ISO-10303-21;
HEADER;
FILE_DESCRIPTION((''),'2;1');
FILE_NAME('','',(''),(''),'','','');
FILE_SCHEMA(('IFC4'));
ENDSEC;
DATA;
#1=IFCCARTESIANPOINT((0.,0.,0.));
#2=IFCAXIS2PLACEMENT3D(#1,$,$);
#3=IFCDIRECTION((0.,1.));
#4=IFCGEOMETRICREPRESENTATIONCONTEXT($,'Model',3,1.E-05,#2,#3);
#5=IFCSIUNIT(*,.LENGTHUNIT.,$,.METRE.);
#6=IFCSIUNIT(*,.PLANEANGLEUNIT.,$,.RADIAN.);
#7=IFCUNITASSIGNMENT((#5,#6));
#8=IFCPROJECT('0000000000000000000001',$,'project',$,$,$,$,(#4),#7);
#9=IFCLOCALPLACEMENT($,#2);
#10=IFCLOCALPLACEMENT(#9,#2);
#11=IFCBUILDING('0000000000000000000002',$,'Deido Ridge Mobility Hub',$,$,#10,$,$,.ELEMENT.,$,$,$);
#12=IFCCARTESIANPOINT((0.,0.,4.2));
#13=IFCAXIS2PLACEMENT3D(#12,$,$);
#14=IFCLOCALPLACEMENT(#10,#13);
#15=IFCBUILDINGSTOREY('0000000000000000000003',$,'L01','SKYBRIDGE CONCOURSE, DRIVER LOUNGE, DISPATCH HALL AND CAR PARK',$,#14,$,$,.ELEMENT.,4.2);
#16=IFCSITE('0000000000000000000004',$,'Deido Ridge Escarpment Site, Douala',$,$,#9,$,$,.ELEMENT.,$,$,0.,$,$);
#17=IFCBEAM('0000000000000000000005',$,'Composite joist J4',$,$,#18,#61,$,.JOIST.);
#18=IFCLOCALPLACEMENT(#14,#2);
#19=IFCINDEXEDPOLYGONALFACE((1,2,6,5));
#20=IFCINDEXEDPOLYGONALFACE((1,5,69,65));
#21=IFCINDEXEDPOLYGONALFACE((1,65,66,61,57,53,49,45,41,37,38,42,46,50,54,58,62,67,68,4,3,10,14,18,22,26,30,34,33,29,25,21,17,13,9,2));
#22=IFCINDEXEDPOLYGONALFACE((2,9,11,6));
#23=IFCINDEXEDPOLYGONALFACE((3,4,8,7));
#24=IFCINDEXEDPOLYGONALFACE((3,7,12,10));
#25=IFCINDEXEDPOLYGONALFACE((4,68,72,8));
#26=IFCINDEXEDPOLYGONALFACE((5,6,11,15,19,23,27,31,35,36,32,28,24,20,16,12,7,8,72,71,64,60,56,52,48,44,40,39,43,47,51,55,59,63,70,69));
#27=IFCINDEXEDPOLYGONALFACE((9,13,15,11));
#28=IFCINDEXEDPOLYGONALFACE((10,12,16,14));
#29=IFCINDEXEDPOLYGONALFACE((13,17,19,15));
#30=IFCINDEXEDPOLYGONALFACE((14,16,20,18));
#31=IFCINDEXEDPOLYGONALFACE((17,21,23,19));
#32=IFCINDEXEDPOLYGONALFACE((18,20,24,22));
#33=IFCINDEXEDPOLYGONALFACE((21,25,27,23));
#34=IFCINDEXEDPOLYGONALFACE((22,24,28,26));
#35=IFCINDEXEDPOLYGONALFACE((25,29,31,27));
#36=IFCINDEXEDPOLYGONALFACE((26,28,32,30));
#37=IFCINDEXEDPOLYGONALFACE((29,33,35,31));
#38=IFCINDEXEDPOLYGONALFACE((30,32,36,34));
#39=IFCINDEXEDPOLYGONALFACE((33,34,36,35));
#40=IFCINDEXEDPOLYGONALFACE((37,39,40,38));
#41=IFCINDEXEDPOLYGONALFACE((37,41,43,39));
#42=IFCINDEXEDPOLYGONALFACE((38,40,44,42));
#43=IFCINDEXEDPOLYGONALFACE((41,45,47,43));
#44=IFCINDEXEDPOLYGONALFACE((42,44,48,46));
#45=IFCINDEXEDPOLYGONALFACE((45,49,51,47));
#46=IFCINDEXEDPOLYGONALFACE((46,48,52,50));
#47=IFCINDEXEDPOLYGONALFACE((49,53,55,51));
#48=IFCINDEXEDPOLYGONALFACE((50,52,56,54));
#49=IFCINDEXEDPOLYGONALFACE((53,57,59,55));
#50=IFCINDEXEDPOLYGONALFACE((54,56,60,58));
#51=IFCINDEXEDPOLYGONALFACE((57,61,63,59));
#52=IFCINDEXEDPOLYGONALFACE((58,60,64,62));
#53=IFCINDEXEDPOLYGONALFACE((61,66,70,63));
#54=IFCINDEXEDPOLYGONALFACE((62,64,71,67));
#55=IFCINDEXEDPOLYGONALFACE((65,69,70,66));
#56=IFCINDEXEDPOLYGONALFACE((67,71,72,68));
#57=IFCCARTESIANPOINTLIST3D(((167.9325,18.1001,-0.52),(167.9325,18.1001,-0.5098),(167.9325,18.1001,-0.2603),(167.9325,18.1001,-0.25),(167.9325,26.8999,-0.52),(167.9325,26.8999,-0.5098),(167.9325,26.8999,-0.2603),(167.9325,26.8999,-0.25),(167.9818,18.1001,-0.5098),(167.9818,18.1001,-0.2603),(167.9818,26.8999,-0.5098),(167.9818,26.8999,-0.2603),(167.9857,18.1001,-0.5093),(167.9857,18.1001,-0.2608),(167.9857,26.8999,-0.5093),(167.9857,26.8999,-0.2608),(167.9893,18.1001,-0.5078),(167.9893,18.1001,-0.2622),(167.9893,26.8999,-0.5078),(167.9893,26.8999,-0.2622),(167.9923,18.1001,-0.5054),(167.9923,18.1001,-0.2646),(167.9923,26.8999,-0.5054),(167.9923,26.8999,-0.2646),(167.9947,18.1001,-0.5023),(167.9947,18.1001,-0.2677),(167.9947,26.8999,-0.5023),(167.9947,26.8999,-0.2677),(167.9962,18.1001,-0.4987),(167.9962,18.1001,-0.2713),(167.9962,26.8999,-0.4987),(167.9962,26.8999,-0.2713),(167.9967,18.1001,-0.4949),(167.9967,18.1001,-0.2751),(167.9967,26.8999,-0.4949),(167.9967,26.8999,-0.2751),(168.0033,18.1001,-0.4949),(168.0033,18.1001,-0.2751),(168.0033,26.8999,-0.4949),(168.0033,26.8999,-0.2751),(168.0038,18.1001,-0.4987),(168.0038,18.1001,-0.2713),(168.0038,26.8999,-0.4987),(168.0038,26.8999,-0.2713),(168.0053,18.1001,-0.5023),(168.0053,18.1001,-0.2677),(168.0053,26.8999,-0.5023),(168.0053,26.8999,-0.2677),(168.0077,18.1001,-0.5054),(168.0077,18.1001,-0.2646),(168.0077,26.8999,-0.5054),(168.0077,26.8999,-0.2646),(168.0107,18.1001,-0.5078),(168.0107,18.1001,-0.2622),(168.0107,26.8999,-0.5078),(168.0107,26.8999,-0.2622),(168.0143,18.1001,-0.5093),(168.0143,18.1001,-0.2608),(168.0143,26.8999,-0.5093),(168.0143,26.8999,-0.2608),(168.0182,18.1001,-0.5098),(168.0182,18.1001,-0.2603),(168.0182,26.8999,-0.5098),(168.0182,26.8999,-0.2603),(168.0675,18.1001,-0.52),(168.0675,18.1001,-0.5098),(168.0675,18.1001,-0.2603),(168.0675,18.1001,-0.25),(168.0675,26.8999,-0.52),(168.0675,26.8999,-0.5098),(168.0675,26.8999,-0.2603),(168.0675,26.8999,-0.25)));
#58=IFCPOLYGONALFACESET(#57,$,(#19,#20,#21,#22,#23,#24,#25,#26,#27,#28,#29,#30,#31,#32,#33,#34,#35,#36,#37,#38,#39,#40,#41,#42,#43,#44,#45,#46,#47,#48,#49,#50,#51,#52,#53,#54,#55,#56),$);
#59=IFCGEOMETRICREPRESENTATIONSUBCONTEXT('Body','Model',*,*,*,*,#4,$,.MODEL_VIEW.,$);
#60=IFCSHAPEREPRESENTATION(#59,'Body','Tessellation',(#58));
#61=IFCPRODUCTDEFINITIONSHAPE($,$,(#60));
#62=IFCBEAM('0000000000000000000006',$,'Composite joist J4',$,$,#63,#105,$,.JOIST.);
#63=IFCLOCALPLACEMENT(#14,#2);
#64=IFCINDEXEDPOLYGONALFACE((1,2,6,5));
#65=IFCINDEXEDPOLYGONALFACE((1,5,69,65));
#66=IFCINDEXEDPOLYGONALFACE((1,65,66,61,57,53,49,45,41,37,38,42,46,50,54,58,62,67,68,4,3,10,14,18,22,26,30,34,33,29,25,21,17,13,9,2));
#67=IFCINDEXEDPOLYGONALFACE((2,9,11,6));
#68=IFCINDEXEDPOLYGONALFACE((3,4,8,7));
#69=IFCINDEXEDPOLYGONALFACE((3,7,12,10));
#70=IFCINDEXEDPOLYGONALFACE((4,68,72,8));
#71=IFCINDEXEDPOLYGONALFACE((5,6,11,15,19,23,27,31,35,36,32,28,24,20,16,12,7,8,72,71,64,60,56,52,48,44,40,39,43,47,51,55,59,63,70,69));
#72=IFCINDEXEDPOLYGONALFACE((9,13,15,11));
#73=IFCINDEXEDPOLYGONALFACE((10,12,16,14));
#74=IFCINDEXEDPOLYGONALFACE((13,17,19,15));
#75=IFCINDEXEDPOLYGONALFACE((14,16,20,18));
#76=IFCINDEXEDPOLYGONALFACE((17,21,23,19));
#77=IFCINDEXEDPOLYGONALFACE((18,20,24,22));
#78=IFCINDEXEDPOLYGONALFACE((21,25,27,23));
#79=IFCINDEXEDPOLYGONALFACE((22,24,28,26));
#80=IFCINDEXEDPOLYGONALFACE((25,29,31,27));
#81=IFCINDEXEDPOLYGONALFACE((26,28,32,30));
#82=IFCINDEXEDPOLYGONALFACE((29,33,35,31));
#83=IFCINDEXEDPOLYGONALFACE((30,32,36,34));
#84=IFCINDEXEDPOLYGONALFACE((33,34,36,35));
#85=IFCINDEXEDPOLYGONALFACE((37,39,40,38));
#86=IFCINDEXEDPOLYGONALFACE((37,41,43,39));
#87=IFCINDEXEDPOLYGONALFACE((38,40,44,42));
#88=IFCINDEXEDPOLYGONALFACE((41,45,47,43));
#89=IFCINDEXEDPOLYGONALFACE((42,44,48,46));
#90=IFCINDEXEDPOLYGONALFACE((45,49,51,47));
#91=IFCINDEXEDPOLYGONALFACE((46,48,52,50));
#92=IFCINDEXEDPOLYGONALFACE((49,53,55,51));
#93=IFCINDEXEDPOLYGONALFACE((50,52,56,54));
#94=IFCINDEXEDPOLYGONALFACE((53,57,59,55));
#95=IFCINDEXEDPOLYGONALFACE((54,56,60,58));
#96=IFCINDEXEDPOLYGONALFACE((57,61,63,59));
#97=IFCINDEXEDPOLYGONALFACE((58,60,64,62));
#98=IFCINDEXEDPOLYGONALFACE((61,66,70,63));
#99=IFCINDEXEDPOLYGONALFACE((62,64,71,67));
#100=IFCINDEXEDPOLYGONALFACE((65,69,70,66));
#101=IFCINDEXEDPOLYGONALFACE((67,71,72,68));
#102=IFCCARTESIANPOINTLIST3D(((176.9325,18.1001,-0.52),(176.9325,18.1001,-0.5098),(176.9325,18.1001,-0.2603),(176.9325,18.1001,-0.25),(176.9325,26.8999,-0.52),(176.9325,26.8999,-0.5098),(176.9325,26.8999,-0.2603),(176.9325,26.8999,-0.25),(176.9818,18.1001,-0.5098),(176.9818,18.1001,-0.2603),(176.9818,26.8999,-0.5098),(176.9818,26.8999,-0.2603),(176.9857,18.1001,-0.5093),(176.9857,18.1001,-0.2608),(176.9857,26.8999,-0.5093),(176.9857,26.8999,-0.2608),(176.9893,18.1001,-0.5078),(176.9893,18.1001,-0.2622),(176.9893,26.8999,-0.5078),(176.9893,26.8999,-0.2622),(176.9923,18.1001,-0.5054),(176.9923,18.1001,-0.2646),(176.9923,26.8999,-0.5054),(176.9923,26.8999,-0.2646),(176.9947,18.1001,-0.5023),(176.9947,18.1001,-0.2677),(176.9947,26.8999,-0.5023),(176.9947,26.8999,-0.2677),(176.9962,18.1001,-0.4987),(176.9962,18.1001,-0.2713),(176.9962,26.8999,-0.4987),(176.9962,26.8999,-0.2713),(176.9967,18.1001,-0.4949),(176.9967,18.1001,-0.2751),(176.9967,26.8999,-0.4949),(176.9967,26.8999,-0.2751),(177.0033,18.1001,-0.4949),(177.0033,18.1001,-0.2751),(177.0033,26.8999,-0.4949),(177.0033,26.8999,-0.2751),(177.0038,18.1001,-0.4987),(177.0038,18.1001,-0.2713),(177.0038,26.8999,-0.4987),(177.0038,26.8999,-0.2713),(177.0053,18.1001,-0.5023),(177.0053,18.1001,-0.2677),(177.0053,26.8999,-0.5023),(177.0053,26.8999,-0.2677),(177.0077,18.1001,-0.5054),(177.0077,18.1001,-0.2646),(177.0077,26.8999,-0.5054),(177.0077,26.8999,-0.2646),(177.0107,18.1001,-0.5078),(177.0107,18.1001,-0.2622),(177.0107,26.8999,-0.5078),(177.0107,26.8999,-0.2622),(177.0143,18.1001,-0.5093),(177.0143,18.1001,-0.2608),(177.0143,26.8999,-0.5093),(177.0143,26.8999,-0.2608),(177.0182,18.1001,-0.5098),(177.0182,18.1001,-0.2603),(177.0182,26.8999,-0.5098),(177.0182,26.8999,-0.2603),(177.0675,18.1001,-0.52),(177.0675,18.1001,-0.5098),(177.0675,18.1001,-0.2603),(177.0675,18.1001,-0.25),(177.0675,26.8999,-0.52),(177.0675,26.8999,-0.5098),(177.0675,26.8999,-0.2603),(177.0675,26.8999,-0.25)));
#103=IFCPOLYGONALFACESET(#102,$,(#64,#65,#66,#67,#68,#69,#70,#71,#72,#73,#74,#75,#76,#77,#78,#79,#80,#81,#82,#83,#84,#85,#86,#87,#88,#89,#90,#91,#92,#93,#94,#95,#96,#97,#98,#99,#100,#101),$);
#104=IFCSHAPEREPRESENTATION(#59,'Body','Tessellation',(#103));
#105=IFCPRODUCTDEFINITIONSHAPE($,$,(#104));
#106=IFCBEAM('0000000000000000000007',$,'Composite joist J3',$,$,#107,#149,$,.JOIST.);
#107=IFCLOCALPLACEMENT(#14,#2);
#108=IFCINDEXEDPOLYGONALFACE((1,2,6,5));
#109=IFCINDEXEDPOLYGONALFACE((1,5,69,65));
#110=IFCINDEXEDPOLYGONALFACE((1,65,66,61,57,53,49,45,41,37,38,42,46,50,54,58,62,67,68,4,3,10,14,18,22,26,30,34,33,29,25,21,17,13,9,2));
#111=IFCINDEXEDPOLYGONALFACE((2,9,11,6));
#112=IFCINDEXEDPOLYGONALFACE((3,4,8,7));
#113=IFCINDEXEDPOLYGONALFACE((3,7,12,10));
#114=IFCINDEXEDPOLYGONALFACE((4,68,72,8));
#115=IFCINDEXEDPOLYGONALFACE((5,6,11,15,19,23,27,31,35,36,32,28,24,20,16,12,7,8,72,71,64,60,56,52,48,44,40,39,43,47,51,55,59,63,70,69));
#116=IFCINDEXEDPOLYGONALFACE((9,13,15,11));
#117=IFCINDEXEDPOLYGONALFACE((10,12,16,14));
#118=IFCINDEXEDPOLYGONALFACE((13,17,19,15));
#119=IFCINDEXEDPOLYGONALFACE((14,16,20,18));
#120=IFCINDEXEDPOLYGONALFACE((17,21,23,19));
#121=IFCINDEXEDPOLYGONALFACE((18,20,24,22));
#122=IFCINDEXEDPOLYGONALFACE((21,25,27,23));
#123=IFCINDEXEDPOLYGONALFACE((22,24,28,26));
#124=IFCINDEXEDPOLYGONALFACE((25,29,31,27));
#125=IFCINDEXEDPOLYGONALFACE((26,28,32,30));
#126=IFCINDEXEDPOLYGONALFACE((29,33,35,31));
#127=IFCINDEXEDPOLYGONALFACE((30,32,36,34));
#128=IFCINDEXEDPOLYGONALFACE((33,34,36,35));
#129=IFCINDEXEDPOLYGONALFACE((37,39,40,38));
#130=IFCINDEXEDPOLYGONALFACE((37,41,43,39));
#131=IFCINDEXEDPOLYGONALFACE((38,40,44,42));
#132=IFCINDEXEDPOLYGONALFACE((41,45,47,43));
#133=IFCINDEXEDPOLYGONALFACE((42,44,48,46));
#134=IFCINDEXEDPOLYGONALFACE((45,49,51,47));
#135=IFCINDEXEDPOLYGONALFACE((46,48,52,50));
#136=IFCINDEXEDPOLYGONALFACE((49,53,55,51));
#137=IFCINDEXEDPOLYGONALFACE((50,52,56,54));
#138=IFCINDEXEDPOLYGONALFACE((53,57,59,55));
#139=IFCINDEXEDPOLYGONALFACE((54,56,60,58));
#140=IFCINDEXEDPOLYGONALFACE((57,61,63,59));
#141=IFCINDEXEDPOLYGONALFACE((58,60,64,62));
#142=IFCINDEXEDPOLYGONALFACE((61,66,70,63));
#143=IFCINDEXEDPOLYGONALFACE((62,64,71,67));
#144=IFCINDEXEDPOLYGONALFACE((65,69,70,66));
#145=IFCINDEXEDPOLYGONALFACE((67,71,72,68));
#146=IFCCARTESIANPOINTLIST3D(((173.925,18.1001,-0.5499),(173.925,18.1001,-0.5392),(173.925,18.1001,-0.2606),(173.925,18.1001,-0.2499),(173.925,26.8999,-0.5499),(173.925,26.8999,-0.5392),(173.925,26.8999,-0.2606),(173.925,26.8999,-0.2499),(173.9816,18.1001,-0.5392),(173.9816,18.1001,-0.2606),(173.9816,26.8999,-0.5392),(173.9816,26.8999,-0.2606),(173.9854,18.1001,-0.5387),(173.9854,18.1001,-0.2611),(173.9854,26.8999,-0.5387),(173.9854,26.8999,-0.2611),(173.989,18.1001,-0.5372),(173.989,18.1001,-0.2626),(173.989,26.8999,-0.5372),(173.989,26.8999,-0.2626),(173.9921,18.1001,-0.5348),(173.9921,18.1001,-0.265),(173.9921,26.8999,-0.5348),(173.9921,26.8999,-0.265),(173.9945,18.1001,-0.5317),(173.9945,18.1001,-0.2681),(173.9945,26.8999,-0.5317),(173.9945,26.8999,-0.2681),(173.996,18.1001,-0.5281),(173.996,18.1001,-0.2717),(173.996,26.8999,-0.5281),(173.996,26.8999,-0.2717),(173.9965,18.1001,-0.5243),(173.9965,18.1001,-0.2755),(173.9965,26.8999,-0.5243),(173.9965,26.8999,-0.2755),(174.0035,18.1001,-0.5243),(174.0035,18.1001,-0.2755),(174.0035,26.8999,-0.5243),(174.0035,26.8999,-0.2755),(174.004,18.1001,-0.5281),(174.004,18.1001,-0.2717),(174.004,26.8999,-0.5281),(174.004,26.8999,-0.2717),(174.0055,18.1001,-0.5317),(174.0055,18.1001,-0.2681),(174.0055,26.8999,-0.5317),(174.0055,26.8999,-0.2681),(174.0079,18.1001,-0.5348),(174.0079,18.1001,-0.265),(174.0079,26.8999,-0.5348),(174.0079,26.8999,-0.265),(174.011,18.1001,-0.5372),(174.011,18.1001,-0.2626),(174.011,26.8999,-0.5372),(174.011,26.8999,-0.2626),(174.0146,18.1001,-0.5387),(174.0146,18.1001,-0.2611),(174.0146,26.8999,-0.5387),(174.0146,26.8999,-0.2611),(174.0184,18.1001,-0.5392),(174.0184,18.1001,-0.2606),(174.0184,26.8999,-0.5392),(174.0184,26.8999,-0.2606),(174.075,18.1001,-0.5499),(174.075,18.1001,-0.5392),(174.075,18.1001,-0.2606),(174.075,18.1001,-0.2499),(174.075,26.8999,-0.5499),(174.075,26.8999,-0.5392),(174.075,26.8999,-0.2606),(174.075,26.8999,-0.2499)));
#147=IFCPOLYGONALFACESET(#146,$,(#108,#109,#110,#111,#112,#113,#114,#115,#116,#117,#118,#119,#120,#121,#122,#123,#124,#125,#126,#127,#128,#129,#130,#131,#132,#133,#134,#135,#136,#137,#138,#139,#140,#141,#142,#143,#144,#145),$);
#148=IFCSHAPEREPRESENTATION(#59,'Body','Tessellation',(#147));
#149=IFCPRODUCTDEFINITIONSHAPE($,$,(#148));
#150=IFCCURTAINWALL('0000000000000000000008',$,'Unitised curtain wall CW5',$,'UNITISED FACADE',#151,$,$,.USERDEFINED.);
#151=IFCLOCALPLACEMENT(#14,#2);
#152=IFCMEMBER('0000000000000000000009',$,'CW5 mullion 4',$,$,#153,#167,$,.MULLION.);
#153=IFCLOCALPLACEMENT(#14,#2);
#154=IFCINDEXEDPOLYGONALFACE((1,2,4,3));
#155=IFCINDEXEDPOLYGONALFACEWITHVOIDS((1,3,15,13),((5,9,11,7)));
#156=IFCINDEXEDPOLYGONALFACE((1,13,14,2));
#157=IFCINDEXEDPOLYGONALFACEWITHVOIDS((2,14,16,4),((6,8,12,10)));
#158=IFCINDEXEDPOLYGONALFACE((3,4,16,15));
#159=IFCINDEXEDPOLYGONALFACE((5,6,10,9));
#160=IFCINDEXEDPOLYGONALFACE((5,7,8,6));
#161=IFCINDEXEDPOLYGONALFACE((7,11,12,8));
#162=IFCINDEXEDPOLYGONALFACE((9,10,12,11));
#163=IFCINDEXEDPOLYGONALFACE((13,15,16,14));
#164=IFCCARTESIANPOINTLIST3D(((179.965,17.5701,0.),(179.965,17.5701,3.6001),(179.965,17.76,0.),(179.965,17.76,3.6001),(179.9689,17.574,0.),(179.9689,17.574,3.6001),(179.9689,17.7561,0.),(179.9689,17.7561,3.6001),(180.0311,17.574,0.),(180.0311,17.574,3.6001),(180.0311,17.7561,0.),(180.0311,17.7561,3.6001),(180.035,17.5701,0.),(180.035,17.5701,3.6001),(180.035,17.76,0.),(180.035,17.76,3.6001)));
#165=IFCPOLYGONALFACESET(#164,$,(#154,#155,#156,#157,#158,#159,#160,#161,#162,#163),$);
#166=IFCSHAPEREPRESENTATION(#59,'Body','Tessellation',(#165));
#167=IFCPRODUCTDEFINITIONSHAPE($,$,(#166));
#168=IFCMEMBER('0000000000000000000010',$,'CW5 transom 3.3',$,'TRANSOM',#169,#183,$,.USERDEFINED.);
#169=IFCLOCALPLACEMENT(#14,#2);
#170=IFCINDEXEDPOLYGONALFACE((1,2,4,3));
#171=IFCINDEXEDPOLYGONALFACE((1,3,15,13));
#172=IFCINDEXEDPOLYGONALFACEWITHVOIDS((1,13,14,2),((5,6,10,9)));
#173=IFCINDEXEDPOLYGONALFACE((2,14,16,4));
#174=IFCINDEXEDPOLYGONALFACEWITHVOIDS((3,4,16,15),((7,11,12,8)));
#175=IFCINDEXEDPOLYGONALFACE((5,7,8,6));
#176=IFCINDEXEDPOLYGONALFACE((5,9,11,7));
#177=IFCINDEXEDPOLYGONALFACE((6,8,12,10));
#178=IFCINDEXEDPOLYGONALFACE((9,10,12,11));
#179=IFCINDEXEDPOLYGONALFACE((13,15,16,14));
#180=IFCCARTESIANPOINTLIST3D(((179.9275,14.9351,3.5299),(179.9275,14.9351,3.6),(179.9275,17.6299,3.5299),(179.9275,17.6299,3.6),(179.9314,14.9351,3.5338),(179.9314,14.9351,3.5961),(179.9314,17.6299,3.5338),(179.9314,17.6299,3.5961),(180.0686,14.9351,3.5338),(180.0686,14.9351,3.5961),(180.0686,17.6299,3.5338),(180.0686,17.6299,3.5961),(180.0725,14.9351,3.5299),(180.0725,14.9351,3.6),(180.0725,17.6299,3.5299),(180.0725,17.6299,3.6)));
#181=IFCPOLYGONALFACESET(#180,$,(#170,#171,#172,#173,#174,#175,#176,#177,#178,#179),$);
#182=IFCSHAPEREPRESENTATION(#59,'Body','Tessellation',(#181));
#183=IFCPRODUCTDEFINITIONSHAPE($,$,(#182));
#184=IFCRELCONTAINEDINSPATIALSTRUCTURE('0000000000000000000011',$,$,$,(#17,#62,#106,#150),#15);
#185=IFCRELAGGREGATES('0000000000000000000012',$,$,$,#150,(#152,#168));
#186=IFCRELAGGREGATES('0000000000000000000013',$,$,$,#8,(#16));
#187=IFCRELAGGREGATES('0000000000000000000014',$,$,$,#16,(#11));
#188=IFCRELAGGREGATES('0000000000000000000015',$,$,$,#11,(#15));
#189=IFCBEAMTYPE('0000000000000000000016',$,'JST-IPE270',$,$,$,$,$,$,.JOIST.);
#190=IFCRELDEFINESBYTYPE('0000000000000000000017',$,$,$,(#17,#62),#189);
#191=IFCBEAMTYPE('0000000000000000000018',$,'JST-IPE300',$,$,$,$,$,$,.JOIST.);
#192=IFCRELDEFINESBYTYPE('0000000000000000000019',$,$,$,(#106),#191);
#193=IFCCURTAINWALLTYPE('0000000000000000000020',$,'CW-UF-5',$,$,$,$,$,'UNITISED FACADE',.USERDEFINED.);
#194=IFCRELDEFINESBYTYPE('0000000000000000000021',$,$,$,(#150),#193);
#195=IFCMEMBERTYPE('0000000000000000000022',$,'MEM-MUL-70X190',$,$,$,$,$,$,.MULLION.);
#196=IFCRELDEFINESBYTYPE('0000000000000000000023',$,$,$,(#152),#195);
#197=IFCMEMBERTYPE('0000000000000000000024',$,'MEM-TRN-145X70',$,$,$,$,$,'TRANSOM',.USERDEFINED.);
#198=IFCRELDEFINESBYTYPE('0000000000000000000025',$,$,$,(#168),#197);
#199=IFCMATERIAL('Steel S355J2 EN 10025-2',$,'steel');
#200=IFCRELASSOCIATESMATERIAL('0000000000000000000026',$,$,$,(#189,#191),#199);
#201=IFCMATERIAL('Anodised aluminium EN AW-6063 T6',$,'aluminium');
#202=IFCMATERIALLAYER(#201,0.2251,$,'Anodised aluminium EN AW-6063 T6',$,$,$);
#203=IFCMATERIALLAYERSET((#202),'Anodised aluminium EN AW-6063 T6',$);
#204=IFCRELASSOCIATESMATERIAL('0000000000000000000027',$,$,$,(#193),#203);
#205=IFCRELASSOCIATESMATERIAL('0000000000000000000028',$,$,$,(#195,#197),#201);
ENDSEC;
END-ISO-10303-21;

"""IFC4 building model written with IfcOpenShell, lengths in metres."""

from ifc_helpers import new_model, si_unit, direction, frame, origin, origin_2d, place, context, subcontext, project, spatial, hollow_rectangle, i_section, extrude, material, layer, layer_set, material_profile, profile_set, type_object, element, aggregate, save


model = new_model("IFC4")

# Units and contexts
model_context = context("Model", 3, precision=1e-05, world=origin(), true_north=direction((0.0, 1.0)))
body_context = subcontext(model_context, "Body", "Model", "MODEL_VIEW")
ifc_project = project(units=[si_unit("LENGTHUNIT", "METRE"), si_unit("PLANEANGLEUNIT", "RADIAN")], contexts=[model_context])

# Site, building, storey
site_placement = place(None, origin())
site = spatial("IfcSite", under=ifc_project, at=site_placement, Name="Deido Ridge Escarpment Site, Douala", CompositionType="ELEMENT", RefElevation=0.0)
building_placement = place(site_placement, origin())
building = spatial("IfcBuilding", under=site, at=building_placement, Name="Deido Ridge Mobility Hub", CompositionType="ELEMENT")
storey_placement = place(building_placement, frame((0.0, 0.0, 4.2)))
storey = spatial("IfcBuildingStorey", under=building, at=storey_placement, Name="L01", Description="SKYBRIDGE CONCOURSE, DRIVER LOUNGE, DISPATCH HALL AND CAR PARK", CompositionType="ELEMENT", Elevation=4.2)

# Shared definitions
ifc_material_1 = material(Name="Steel S355J2 EN 10025-2", Category="steel")

# Beams
ifc_material_profile_1 = material_profile(ifc_material_1, i_section(OverallWidth=0.135, OverallDepth=0.27, WebThickness=0.0066, FlangeThickness=0.0103, FilletRadius=0.0149, at=origin_2d()), Name="IPE 270")
ifc_profile_set_1 = profile_set([ifc_material_profile_1], Name="Steel S355J2 EN 10025-2")
beam_type_1 = type_object("IfcBeamType", Name="JST-IPE270", PredefinedType="JOIST", material=ifc_profile_set_1)
for number, where, z_axis, x_axis, name in (
    (1, (168.0, 18.1001, -0.385), (0.0, 1.0, 0.0), (-1.0, 0.0, 0.0), "Composite joist J4"),
    (2, (177.0, 18.1001, -0.385), (0.0, 1.0, 0.0), (-1.0, 0.0, 0.0), "Composite joist J4"),
):
    element("IfcBeam", number, at=place(storey_placement, frame(where, z_axis=z_axis, x_axis=x_axis)), inside=storey, type_object=beam_type_1, Name=name, PredefinedType="JOIST", context=body_context, shape_type="SweptSolid", body=[
        extrude(i_section(OverallWidth=0.135, OverallDepth=0.27, WebThickness=0.0066, FlangeThickness=0.0103, FilletRadius=0.0149, at=origin_2d()), origin(), (0.0, 0.0, 1.0), 8.7998),
    ])
ifc_material_profile_2 = material_profile(ifc_material_1, i_section(OverallWidth=0.1499, OverallDepth=0.3, WebThickness=0.0071, FlangeThickness=0.0107, FilletRadius=0.0149, at=origin_2d()), Name="IPE 300")
ifc_profile_set_2 = profile_set([ifc_material_profile_2], Name="Steel S355J2 EN 10025-2")
beam_type_2 = type_object("IfcBeamType", Name="JST-IPE300", PredefinedType="JOIST", material=ifc_profile_set_2)
beam_1_placement = place(storey_placement, frame((174.0, 18.1001, -0.3999), z_axis=(0.0, 1.0, 0.0), x_axis=(-1.0, 0.0, 0.0)))
element("IfcBeam", 3, at=beam_1_placement, inside=storey, type_object=beam_type_2, Name="Composite joist J3", PredefinedType="JOIST", context=body_context, shape_type="SweptSolid", body=[
    extrude(i_section(OverallWidth=0.1499, OverallDepth=0.3, WebThickness=0.0071, FlangeThickness=0.0107, FilletRadius=0.0149, at=origin_2d()), origin(), (0.0, 0.0, 1.0), 8.7998),
])

# Curtain wall, members
ifc_material_2 = material(Name="Anodised aluminium EN AW-6063 T6", Category="aluminium")
ifc_layer_1 = layer(ifc_material_2, 0.2251, Name="Anodised aluminium EN AW-6063 T6")
ifc_layer_set_1 = layer_set([ifc_layer_1], Name="Anodised aluminium EN AW-6063 T6")
curtain_wall_type = type_object("IfcCurtainWallType", Name="CW-UF-5", ElementType="UNITISED FACADE", PredefinedType="USERDEFINED", material=ifc_layer_set_1)
curtain_wall_placement = place(storey_placement, origin())
curtain_wall = element("IfcCurtainWall", 4, at=curtain_wall_placement, inside=storey, type_object=curtain_wall_type, Name="Unitised curtain wall CW5", ObjectType="UNITISED FACADE", PredefinedType="USERDEFINED")
ifc_material_profile_3 = material_profile(ifc_material_2, hollow_rectangle(XDim=0.0701, YDim=0.1899, WallThickness=0.0039, at=origin_2d()), Name="RHS 70x190x4")
ifc_profile_set_3 = profile_set([ifc_material_profile_3], Name="Anodised aluminium EN AW-6063 T6")
member_type_1 = type_object("IfcMemberType", Name="MEM-MUL-70X190", PredefinedType="MULLION", material=ifc_profile_set_3)
member_1_placement = place(storey_placement, frame((180.0, 17.665, 0.0), z_axis=(0.0, 0.0, 1.0), x_axis=(-1.0, 0.0, 0.0)))
member_1 = element("IfcMember", 5, at=member_1_placement, type_object=member_type_1, Name="CW5 mullion 4", PredefinedType="MULLION", context=body_context, shape_type="SweptSolid", body=[
    extrude(hollow_rectangle(XDim=0.0701, YDim=0.1899, WallThickness=0.0039, at=origin_2d()), origin(), (0.0, 0.0, 1.0), 3.6001),
])
ifc_material_profile_4 = material_profile(ifc_material_2, hollow_rectangle(XDim=0.145, YDim=0.0701, WallThickness=0.0039, at=origin_2d()), Name="RHS 145x70x4")
ifc_profile_set_4 = profile_set([ifc_material_profile_4], Name="Anodised aluminium EN AW-6063 T6")
member_type_2 = type_object("IfcMemberType", Name="MEM-TRN-145X70", ElementType="TRANSOM", PredefinedType="USERDEFINED", material=ifc_profile_set_4)
member_2_placement = place(storey_placement, frame((180.0, 14.9351, 3.5649), z_axis=(0.0, 1.0, 0.0), x_axis=(-1.0, 0.0, 0.0)))
member_2 = element("IfcMember", 6, at=member_2_placement, type_object=member_type_2, Name="CW5 transom 3.3", ObjectType="TRANSOM", PredefinedType="USERDEFINED", context=body_context, shape_type="SweptSolid", body=[
    extrude(hollow_rectangle(XDim=0.145, YDim=0.0701, WallThickness=0.0039, at=origin_2d()), origin(), (0.0, 0.0, 1.0), 2.6948),
])

aggregate(curtain_wall, [member_1, member_2])

save(model, "model.ifc")
